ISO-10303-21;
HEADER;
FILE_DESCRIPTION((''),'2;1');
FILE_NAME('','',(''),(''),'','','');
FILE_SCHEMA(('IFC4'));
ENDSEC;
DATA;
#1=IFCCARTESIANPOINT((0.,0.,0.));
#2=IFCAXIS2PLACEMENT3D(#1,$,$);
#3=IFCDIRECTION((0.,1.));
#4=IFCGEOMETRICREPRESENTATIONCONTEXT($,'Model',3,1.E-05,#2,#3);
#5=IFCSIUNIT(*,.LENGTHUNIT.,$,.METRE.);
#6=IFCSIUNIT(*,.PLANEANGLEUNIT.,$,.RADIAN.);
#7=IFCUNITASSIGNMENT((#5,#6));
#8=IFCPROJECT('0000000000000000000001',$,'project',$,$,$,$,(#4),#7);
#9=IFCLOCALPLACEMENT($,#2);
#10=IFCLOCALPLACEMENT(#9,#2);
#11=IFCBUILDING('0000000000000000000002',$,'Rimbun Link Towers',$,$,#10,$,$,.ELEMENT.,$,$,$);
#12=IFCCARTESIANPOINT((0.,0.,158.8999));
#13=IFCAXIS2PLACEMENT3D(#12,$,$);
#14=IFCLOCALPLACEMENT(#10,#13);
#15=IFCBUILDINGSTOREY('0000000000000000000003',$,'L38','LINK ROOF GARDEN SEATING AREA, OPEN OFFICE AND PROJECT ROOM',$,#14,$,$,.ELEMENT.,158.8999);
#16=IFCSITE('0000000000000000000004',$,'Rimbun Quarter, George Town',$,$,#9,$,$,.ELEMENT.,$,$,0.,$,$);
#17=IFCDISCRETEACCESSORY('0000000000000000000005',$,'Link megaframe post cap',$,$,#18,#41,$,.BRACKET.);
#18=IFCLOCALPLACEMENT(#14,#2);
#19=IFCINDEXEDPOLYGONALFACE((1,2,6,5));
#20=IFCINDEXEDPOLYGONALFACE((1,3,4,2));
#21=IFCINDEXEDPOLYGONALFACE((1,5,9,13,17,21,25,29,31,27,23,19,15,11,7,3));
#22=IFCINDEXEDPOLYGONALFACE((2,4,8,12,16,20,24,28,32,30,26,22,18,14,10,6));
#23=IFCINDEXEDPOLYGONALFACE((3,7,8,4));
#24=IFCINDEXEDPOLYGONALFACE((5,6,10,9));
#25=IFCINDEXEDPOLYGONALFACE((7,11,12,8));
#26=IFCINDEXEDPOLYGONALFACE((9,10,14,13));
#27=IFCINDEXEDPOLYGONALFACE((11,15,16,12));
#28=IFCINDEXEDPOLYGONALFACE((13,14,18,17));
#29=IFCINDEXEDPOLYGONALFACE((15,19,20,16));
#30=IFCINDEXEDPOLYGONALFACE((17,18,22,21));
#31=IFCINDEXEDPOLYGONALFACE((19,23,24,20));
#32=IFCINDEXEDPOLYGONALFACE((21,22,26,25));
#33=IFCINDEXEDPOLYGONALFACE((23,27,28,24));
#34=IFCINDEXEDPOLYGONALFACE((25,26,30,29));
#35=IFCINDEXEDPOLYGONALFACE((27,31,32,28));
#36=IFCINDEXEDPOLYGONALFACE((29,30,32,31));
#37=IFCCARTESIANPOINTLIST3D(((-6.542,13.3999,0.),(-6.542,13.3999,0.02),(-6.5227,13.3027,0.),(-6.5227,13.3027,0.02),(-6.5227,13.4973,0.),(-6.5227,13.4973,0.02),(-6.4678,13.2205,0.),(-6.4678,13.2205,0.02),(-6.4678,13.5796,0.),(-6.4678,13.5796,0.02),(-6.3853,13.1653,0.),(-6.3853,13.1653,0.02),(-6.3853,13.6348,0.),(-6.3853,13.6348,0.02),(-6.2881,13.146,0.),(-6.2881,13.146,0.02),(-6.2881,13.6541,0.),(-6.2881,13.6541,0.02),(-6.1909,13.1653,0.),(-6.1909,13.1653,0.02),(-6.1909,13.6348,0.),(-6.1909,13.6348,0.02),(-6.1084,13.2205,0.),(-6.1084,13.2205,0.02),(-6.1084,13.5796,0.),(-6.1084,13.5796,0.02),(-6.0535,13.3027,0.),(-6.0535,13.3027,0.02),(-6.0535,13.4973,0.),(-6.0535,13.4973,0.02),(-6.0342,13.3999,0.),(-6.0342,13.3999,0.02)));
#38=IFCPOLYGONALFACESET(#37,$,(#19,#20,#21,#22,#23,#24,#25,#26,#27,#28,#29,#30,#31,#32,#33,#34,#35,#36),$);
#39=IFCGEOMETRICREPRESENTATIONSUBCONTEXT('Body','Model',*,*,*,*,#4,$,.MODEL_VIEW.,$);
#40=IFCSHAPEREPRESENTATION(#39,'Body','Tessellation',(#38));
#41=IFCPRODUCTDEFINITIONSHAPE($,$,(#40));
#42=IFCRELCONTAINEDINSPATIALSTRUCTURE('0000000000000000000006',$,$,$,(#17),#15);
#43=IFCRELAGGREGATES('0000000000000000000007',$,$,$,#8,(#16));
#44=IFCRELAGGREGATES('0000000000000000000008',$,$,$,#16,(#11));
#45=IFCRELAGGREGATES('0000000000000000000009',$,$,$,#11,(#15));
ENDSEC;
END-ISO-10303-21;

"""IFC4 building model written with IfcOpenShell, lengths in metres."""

from ifc_helpers import new_model, si_unit, direction, frame, origin, place, context, subcontext, project, spatial, polyline, outline, extrude, element, save


model = new_model("IFC4")

# Units and contexts
model_context = context("Model", 3, precision=1e-05, world=origin(), true_north=direction((0.0, 1.0)))
body_context = subcontext(model_context, "Body", "Model", "MODEL_VIEW")
ifc_project = project(units=[si_unit("LENGTHUNIT", "METRE"), si_unit("PLANEANGLEUNIT", "RADIAN")], contexts=[model_context])

# Site, building, storey
site_placement = place(None, origin())
site = spatial("IfcSite", under=ifc_project, at=site_placement, Name="Rimbun Quarter, George Town", CompositionType="ELEMENT", RefElevation=0.0)
building_placement = place(site_placement, origin())
building = spatial("IfcBuilding", under=site, at=building_placement, Name="Rimbun Link Towers", CompositionType="ELEMENT")
storey_placement = place(building_placement, frame((0.0, 0.0, 158.8999)))
storey = spatial("IfcBuildingStorey", under=building, at=storey_placement, Name="L38", Description="LINK ROOF GARDEN SEATING AREA, OPEN OFFICE AND PROJECT ROOM", CompositionType="ELEMENT", Elevation=158.8999)

# Discrete accessory
discrete_accessory_1_placement = place(storey_placement, origin())
element("IfcDiscreteAccessory", 1, at=discrete_accessory_1_placement, inside=storey, Name="Link megaframe post cap", PredefinedType="BRACKET", context=body_context, shape_type="SweptSolid", body=[
    extrude(outline(polyline([(-6.0342, 13.3999), (-6.0535, 13.4973), (-6.1084, 13.5796), (-6.1909, 13.6348), (-6.2881, 13.6541), (-6.3853, 13.6348), (-6.4678, 13.5796), (-6.5227, 13.4973), (-6.542, 13.3999), (-6.5227, 13.3027), (-6.4678, 13.2205), (-6.3853, 13.1653), (-6.2881, 13.146), (-6.1909, 13.1653), (-6.1084, 13.2205), (-6.0535, 13.3027), (-6.0342, 13.3999)])), origin(), (0.0, 0.0, 1.0), 0.02),
])

save(model, "model.ifc")
